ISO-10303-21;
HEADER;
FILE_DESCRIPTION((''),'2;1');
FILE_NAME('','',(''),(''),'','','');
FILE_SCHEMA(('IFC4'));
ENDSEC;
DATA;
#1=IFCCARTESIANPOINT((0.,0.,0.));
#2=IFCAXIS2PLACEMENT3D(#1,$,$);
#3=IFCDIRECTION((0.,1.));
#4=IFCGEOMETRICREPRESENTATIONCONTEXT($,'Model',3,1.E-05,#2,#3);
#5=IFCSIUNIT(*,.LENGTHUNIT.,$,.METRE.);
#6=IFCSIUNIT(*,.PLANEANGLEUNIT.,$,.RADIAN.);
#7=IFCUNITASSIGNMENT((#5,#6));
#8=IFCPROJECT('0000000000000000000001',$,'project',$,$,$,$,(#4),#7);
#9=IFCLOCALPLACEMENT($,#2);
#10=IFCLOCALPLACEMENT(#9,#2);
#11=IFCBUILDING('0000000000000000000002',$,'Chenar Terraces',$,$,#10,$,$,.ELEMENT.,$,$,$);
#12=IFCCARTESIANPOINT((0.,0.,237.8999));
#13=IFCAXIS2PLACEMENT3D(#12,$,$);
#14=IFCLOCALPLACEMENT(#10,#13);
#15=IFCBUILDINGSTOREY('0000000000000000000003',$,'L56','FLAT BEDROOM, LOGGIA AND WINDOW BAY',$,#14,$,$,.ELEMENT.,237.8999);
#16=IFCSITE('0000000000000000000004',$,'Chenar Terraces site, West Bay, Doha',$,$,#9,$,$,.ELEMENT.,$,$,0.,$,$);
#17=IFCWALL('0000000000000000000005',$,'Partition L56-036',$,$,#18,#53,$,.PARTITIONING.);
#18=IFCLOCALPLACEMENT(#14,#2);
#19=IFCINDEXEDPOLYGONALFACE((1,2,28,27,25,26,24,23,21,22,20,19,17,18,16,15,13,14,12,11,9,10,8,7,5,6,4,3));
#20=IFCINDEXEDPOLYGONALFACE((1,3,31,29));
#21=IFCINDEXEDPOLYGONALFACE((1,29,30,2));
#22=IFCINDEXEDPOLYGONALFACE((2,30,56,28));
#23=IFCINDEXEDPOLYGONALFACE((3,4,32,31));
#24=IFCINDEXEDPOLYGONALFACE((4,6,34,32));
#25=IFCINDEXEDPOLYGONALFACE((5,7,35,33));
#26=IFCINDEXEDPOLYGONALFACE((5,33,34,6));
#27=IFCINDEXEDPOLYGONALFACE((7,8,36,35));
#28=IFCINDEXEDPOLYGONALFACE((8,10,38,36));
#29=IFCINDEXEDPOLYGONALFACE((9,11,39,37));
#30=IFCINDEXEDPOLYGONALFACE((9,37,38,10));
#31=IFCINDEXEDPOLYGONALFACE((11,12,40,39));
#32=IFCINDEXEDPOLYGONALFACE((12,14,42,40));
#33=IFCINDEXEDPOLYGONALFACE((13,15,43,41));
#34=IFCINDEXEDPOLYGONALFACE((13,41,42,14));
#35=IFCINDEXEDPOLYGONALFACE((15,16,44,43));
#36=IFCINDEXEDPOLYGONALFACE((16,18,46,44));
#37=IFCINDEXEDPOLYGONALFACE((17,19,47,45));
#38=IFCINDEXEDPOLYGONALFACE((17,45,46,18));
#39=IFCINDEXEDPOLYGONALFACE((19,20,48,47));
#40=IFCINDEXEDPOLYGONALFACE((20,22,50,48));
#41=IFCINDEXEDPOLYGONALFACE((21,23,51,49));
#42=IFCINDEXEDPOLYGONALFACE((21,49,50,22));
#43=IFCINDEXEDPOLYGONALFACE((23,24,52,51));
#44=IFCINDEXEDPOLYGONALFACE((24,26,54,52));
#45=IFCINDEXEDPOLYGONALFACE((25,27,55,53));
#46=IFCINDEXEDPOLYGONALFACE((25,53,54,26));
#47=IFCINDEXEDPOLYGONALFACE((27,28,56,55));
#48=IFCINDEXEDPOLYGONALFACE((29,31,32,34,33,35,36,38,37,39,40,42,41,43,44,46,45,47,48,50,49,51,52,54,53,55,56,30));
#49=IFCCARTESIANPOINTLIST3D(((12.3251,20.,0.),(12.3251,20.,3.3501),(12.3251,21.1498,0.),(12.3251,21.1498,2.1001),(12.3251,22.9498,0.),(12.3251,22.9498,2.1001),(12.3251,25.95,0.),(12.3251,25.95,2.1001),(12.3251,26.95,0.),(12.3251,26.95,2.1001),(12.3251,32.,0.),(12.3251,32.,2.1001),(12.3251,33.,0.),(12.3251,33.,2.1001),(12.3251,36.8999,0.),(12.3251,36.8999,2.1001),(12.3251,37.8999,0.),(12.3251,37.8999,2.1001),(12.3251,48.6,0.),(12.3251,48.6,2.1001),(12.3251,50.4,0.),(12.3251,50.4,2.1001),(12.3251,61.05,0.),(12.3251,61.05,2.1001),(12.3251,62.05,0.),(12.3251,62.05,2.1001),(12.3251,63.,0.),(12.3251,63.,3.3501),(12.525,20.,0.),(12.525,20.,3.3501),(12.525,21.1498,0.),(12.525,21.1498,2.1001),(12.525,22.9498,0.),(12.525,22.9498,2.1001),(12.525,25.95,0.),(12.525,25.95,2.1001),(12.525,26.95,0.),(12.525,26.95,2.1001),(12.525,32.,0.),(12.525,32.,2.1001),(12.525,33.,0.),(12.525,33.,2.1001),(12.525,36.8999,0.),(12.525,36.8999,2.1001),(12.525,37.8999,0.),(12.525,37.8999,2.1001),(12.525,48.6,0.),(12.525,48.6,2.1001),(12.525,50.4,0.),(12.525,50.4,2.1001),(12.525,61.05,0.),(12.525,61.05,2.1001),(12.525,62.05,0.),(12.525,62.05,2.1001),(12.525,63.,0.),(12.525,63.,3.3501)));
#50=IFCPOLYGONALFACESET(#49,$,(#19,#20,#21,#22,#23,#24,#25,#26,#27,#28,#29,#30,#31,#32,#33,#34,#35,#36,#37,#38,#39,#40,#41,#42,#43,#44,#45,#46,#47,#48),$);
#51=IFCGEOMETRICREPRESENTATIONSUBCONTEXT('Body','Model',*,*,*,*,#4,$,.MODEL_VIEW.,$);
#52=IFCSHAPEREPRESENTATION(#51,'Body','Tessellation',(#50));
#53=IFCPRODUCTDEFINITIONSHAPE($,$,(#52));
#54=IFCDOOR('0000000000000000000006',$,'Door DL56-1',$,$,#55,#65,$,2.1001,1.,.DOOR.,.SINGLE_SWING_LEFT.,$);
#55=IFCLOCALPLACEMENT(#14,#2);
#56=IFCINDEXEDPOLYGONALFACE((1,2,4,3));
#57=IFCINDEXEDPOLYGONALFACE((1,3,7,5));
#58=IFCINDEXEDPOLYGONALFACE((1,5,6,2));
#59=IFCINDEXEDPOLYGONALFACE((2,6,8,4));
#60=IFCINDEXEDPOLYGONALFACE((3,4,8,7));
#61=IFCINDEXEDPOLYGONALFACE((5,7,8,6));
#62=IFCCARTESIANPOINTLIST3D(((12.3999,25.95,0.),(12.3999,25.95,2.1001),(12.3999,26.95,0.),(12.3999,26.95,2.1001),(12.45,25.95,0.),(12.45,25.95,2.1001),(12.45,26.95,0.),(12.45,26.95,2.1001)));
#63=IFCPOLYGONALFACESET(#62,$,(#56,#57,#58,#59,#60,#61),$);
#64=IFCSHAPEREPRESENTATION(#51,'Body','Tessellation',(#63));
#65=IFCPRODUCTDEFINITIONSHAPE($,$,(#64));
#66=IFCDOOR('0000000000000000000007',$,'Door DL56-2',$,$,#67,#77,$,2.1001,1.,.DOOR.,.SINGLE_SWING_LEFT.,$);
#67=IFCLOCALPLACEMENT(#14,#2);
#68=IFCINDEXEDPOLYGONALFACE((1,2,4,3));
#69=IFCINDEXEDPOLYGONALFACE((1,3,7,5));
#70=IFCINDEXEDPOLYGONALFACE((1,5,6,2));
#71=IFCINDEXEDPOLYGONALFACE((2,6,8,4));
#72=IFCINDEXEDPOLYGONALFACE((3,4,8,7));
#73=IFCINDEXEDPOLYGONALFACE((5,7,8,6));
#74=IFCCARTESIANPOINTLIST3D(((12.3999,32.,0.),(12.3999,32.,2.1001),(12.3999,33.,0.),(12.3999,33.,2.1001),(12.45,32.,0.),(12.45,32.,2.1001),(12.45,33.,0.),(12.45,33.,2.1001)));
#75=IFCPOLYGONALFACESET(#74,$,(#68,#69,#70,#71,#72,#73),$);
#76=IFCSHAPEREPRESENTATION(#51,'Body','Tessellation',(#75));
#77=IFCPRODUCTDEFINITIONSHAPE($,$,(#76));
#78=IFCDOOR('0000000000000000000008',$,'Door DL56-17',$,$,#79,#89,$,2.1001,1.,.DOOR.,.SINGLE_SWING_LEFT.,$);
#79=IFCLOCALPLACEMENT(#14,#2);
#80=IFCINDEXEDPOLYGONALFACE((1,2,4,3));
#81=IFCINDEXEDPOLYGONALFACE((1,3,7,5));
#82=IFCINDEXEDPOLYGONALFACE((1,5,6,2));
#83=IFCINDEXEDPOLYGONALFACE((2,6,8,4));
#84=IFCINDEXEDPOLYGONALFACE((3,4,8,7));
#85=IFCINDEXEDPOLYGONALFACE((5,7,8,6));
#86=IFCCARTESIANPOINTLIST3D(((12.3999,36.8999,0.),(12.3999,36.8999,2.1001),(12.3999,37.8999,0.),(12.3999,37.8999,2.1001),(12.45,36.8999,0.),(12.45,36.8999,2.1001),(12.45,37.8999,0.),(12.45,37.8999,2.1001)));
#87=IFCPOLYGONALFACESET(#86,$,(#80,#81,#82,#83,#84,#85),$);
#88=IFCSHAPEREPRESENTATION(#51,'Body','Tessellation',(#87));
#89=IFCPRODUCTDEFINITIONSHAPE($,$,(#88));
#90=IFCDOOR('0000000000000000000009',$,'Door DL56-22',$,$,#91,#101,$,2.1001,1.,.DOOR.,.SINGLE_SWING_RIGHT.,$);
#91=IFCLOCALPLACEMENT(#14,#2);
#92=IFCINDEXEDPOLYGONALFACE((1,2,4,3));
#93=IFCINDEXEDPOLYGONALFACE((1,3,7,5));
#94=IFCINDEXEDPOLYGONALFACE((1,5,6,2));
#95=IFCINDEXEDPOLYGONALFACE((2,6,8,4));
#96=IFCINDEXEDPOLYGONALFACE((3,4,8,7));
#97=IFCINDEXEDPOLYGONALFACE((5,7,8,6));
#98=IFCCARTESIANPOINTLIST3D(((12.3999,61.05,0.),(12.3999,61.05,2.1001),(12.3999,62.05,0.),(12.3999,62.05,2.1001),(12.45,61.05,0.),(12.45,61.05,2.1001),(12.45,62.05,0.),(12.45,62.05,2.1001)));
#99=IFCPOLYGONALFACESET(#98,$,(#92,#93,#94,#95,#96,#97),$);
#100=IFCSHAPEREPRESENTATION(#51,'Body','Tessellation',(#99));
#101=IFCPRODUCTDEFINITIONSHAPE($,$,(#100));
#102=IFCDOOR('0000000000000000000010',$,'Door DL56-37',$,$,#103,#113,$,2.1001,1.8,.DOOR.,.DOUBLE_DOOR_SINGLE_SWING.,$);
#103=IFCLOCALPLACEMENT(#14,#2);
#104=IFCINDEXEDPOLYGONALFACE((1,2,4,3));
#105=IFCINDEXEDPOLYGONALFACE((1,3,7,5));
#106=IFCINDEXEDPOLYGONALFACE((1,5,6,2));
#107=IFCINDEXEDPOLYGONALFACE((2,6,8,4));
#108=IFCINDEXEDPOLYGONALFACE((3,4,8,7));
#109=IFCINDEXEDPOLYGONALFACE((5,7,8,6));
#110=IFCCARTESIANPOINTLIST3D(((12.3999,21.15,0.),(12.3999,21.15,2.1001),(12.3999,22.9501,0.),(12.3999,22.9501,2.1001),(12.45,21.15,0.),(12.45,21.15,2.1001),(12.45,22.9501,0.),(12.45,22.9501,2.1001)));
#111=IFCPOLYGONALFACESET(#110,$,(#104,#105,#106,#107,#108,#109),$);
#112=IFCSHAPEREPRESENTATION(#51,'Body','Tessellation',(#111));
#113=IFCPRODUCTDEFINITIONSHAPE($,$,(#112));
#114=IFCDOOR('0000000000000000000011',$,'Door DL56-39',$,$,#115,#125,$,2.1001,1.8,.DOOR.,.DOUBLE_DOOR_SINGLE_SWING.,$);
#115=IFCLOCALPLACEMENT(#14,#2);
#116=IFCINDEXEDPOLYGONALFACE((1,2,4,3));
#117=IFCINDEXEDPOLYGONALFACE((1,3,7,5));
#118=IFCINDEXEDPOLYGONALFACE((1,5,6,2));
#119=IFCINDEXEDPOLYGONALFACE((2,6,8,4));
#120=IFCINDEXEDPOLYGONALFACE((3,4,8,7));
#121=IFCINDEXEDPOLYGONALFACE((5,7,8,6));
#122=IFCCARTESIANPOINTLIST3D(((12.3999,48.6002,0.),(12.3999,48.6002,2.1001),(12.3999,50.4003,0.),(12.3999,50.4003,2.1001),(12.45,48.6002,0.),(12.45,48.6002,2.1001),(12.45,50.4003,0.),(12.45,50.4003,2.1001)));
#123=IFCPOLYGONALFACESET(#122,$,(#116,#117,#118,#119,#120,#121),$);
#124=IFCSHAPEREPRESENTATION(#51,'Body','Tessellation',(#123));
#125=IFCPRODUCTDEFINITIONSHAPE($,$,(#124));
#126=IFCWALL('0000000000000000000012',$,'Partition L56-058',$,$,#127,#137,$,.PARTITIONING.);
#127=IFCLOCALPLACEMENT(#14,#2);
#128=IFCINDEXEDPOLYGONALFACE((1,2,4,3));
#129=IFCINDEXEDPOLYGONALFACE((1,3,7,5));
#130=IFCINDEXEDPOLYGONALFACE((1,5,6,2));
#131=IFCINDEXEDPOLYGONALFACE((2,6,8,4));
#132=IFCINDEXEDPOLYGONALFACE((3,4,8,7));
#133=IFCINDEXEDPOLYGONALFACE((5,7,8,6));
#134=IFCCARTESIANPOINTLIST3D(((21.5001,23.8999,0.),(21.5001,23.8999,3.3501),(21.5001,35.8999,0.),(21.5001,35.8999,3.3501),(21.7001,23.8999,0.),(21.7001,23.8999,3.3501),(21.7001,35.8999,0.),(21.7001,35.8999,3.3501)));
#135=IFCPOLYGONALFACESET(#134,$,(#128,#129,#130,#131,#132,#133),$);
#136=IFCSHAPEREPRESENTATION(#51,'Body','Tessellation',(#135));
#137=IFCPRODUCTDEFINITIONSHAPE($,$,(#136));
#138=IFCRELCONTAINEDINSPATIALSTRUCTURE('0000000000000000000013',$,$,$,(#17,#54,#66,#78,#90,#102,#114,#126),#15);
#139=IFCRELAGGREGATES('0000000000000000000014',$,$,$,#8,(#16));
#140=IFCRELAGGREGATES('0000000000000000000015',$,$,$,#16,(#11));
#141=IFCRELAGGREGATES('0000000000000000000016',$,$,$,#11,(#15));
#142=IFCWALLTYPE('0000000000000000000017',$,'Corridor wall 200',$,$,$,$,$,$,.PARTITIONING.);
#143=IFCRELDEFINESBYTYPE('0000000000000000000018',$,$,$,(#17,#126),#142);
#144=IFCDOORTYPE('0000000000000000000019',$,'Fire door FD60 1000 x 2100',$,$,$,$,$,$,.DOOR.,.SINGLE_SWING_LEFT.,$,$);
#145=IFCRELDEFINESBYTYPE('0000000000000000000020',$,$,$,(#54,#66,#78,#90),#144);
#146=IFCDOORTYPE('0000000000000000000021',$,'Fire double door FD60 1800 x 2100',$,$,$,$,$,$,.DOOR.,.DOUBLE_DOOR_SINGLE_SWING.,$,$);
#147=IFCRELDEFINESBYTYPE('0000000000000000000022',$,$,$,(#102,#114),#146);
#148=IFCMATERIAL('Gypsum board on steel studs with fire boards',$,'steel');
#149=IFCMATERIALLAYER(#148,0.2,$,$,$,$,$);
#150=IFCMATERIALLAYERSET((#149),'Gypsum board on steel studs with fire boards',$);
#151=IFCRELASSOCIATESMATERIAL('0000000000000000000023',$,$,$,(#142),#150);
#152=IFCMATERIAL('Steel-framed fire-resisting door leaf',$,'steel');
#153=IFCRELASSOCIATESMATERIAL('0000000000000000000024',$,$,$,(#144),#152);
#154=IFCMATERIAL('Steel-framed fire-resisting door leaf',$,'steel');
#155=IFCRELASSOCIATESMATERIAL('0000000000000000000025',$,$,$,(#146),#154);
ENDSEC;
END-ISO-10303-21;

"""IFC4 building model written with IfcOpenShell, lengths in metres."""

from ifc_helpers import new_model, si_unit, direction, frame, frame_2d, origin, place, context, subcontext, project, spatial, rectangle, extrude, material, layer, layer_set, type_object, element, fill, save


model = new_model("IFC4")

# Units and contexts
model_context = context("Model", 3, precision=1e-05, world=origin(), true_north=direction((0.0, 1.0)))
body_context = subcontext(model_context, "Body", "Model", "MODEL_VIEW")
ifc_project = project(units=[si_unit("LENGTHUNIT", "METRE"), si_unit("PLANEANGLEUNIT", "RADIAN")], contexts=[model_context])

# Site, building, storey
site_placement = place(None, origin())
site = spatial("IfcSite", under=ifc_project, at=site_placement, Name="Chenar Terraces site, West Bay, Doha", CompositionType="ELEMENT", RefElevation=0.0)
building_placement = place(site_placement, origin())
building = spatial("IfcBuilding", under=site, at=building_placement, Name="Chenar Terraces", CompositionType="ELEMENT")
storey_placement = place(building_placement, frame((0.0, 0.0, 237.8999)))
storey = spatial("IfcBuildingStorey", under=building, at=storey_placement, Name="L56", Description="FLAT BEDROOM, LOGGIA AND WINDOW BAY", CompositionType="ELEMENT", Elevation=237.8999)

# Wall, openings, doors
ifc_material_1 = material(Name="Gypsum board on steel studs with fire boards", Category="steel")
ifc_layer_1 = layer(ifc_material_1, 0.2)
ifc_layer_set_1 = layer_set([ifc_layer_1], Name="Gypsum board on steel studs with fire boards")
wall_type_1 = type_object("IfcWallType", Name="Corridor wall 200", PredefinedType="PARTITIONING", material=ifc_layer_set_1)
wall_1_placement = place(storey_placement, frame((12.425, 20.0, 0.0), z_axis=(0.0, 0.0, 1.0), x_axis=(0.0, 1.0, 0.0)))
wall_1 = element("IfcWall", 1, at=wall_1_placement, inside=storey, type_object=wall_type_1, Name="Partition L56-036", PredefinedType="PARTITIONING", context=body_context, shape_type="SweptSolid", body=[
    extrude(rectangle(XDim=43.0, YDim=0.2, at=frame_2d((21.5, 0.0))), origin(), (0.0, 0.0, 1.0), 3.3501),
])
opening_1_placement = place(wall_1_placement, frame((5.95, 0.0, 0.0)))
opening_1 = element("IfcOpeningElement", 2, at=opening_1_placement, cuts=wall_1, PredefinedType="OPENING", context=body_context, shape_type="SweptSolid", body=[
    extrude(rectangle(XDim=1.0, YDim=2.1001, at=frame_2d((0.5, 1.05))), frame((0.0, 0.1099, 0.0), z_axis=(0.0, -1.0, 0.0), x_axis=(1.0, 0.0, 0.0)), (0.0, 0.0, 1.0), 0.22),
])
opening_2_placement = place(wall_1_placement, frame((12.0, 0.0, 0.0)))
opening_2 = element("IfcOpeningElement", 3, at=opening_2_placement, cuts=wall_1, PredefinedType="OPENING", context=body_context, shape_type="SweptSolid", body=[
    extrude(rectangle(XDim=1.0, YDim=2.1001, at=frame_2d((0.5, 1.05))), frame((0.0, 0.1099, 0.0), z_axis=(0.0, -1.0, 0.0), x_axis=(1.0, 0.0, 0.0)), (0.0, 0.0, 1.0), 0.22),
])
opening_3_placement = place(wall_1_placement, frame((16.8999, 0.0, 0.0)))
opening_3 = element("IfcOpeningElement", 4, at=opening_3_placement, cuts=wall_1, PredefinedType="OPENING", context=body_context, shape_type="SweptSolid", body=[
    extrude(rectangle(XDim=1.0, YDim=2.1001, at=frame_2d((0.5, 1.05))), frame((0.0, 0.1099, 0.0), z_axis=(0.0, -1.0, 0.0), x_axis=(1.0, 0.0, 0.0)), (0.0, 0.0, 1.0), 0.22),
])
opening_4_placement = place(wall_1_placement, frame((41.05, 0.0, 0.0)))
opening_4 = element("IfcOpeningElement", 5, at=opening_4_placement, cuts=wall_1, PredefinedType="OPENING", context=body_context, shape_type="SweptSolid", body=[
    extrude(rectangle(XDim=1.0, YDim=2.1001, at=frame_2d((0.5, 1.05))), frame((0.0, 0.1099, 0.0), z_axis=(0.0, -1.0, 0.0), x_axis=(1.0, 0.0, 0.0)), (0.0, 0.0, 1.0), 0.22),
])
opening_5_placement = place(wall_1_placement, frame((1.1499, 0.0, 0.0)))
opening_5 = element("IfcOpeningElement", 6, at=opening_5_placement, cuts=wall_1, PredefinedType="OPENING", context=body_context, shape_type="SweptSolid", body=[
    extrude(rectangle(XDim=1.8, YDim=2.1001, at=frame_2d((0.8999, 1.05))), frame((0.0, 0.1099, 0.0), z_axis=(0.0, -1.0, 0.0), x_axis=(1.0, 0.0, 0.0)), (0.0, 0.0, 1.0), 0.22),
])
opening_6_placement = place(wall_1_placement, frame((28.6001, 0.0, 0.0)))
opening_6 = element("IfcOpeningElement", 7, at=opening_6_placement, cuts=wall_1, PredefinedType="OPENING", context=body_context, shape_type="SweptSolid", body=[
    extrude(rectangle(XDim=1.8, YDim=2.1001, at=frame_2d((0.8999, 1.05))), frame((0.0, 0.1099, 0.0), z_axis=(0.0, -1.0, 0.0), x_axis=(1.0, 0.0, 0.0)), (0.0, 0.0, 1.0), 0.22),
])
ifc_material_2 = material(Name="Steel-framed fire-resisting door leaf", Category="steel")
door_type_1 = type_object("IfcDoorType", Name="Fire door FD60 1000 x 2100", OperationType="SINGLE_SWING_LEFT", PredefinedType="DOOR", material=ifc_material_2)
door_1_placement = place(opening_1_placement, frame((1.0, 0.0, 0.0), z_axis=(0.0, 0.0, 1.0), x_axis=(-1.0, 0.0, 0.0)))
door_1 = element("IfcDoor", 8, at=door_1_placement, inside=storey, type_object=door_type_1, Name="Door DL56-1", OperationType="SINGLE_SWING_LEFT", OverallHeight=2.1001, OverallWidth=1.0, PredefinedType="DOOR", context=body_context, shape_type="SweptSolid", body=[
    extrude(rectangle(XDim=1.0, YDim=2.1001, at=frame_2d((0.5, 1.05))), frame((0.0, 0.0249, 0.0), z_axis=(0.0, -1.0, 0.0), x_axis=(1.0, 0.0, 0.0)), (0.0, 0.0, 1.0), 0.05),
])
fill(opening_1, door_1)
door_2_placement = place(opening_2_placement, frame((1.0, 0.0, 0.0), z_axis=(0.0, 0.0, 1.0), x_axis=(-1.0, 0.0, 0.0)))
door_2 = element("IfcDoor", 9, at=door_2_placement, inside=storey, type_object=door_type_1, Name="Door DL56-2", OperationType="SINGLE_SWING_LEFT", OverallHeight=2.1001, OverallWidth=1.0, PredefinedType="DOOR", context=body_context, shape_type="SweptSolid", body=[
    extrude(rectangle(XDim=1.0, YDim=2.1001, at=frame_2d((0.5, 1.05))), frame((0.0, 0.0249, 0.0), z_axis=(0.0, -1.0, 0.0), x_axis=(1.0, 0.0, 0.0)), (0.0, 0.0, 1.0), 0.05),
])
fill(opening_2, door_2)
door_3_placement = place(opening_3_placement, frame((1.0, 0.0, 0.0), z_axis=(0.0, 0.0, 1.0), x_axis=(-1.0, 0.0, 0.0)))
door_3 = element("IfcDoor", 10, at=door_3_placement, inside=storey, type_object=door_type_1, Name="Door DL56-17", OperationType="SINGLE_SWING_LEFT", OverallHeight=2.1001, OverallWidth=1.0, PredefinedType="DOOR", context=body_context, shape_type="SweptSolid", body=[
    extrude(rectangle(XDim=1.0, YDim=2.1001, at=frame_2d((0.5, 1.05))), frame((0.0, 0.0249, 0.0), z_axis=(0.0, -1.0, 0.0), x_axis=(1.0, 0.0, 0.0)), (0.0, 0.0, 1.0), 0.05),
])
fill(opening_3, door_3)
door_4_placement = place(opening_4_placement, frame((1.0, 0.0, 0.0), z_axis=(0.0, 0.0, 1.0), x_axis=(-1.0, 0.0, 0.0)))
door_4 = element("IfcDoor", 11, at=door_4_placement, inside=storey, type_object=door_type_1, Name="Door DL56-22", OperationType="SINGLE_SWING_RIGHT", OverallHeight=2.1001, OverallWidth=1.0, PredefinedType="DOOR", context=body_context, shape_type="SweptSolid", body=[
    extrude(rectangle(XDim=1.0, YDim=2.1001, at=frame_2d((0.5, 1.05))), frame((0.0, 0.0249, 0.0), z_axis=(0.0, -1.0, 0.0), x_axis=(1.0, 0.0, 0.0)), (0.0, 0.0, 1.0), 0.05),
])
fill(opening_4, door_4)
ifc_material_3 = material(Name="Steel-framed fire-resisting door leaf", Category="steel")
door_type_2 = type_object("IfcDoorType", Name="Fire double door FD60 1800 x 2100", OperationType="DOUBLE_DOOR_SINGLE_SWING", PredefinedType="DOOR", material=ifc_material_3)
door_5_placement = place(opening_5_placement, frame((1.8, 0.0, 0.0), z_axis=(0.0, 0.0, 1.0), x_axis=(-1.0, 0.0, 0.0)))
door_5 = element("IfcDoor", 12, at=door_5_placement, inside=storey, type_object=door_type_2, Name="Door DL56-37", OperationType="DOUBLE_DOOR_SINGLE_SWING", OverallHeight=2.1001, OverallWidth=1.8, PredefinedType="DOOR", context=body_context, shape_type="SweptSolid", body=[
    extrude(rectangle(XDim=1.8, YDim=2.1001, at=frame_2d((0.8999, 1.05))), frame((0.0, 0.0249, 0.0), z_axis=(0.0, -1.0, 0.0), x_axis=(1.0, 0.0, 0.0)), (0.0, 0.0, 1.0), 0.05),
])
fill(opening_5, door_5)
door_6_placement = place(opening_6_placement, frame((1.8, 0.0, 0.0), z_axis=(0.0, 0.0, 1.0), x_axis=(-1.0, 0.0, 0.0)))
door_6 = element("IfcDoor", 13, at=door_6_placement, inside=storey, type_object=door_type_2, Name="Door DL56-39", OperationType="DOUBLE_DOOR_SINGLE_SWING", OverallHeight=2.1001, OverallWidth=1.8, PredefinedType="DOOR", context=body_context, shape_type="SweptSolid", body=[
    extrude(rectangle(XDim=1.8, YDim=2.1001, at=frame_2d((0.8999, 1.05))), frame((0.0, 0.0249, 0.0), z_axis=(0.0, -1.0, 0.0), x_axis=(1.0, 0.0, 0.0)), (0.0, 0.0, 1.0), 0.05),
])
fill(opening_6, door_6)

# Wall
wall_2_placement = place(storey_placement, frame((21.6001, 23.8999, 0.0), z_axis=(0.0, 0.0, 1.0), x_axis=(0.0, 1.0, 0.0)))
element("IfcWall", 14, at=wall_2_placement, inside=storey, type_object=wall_type_1, Name="Partition L56-058", PredefinedType="PARTITIONING", context=body_context, shape_type="SweptSolid", body=[
    extrude(rectangle(XDim=12.0, YDim=0.2, at=frame_2d((6.0, 0.0))), origin(), (0.0, 0.0, 1.0), 3.3501),
])

save(model, "model.ifc")
